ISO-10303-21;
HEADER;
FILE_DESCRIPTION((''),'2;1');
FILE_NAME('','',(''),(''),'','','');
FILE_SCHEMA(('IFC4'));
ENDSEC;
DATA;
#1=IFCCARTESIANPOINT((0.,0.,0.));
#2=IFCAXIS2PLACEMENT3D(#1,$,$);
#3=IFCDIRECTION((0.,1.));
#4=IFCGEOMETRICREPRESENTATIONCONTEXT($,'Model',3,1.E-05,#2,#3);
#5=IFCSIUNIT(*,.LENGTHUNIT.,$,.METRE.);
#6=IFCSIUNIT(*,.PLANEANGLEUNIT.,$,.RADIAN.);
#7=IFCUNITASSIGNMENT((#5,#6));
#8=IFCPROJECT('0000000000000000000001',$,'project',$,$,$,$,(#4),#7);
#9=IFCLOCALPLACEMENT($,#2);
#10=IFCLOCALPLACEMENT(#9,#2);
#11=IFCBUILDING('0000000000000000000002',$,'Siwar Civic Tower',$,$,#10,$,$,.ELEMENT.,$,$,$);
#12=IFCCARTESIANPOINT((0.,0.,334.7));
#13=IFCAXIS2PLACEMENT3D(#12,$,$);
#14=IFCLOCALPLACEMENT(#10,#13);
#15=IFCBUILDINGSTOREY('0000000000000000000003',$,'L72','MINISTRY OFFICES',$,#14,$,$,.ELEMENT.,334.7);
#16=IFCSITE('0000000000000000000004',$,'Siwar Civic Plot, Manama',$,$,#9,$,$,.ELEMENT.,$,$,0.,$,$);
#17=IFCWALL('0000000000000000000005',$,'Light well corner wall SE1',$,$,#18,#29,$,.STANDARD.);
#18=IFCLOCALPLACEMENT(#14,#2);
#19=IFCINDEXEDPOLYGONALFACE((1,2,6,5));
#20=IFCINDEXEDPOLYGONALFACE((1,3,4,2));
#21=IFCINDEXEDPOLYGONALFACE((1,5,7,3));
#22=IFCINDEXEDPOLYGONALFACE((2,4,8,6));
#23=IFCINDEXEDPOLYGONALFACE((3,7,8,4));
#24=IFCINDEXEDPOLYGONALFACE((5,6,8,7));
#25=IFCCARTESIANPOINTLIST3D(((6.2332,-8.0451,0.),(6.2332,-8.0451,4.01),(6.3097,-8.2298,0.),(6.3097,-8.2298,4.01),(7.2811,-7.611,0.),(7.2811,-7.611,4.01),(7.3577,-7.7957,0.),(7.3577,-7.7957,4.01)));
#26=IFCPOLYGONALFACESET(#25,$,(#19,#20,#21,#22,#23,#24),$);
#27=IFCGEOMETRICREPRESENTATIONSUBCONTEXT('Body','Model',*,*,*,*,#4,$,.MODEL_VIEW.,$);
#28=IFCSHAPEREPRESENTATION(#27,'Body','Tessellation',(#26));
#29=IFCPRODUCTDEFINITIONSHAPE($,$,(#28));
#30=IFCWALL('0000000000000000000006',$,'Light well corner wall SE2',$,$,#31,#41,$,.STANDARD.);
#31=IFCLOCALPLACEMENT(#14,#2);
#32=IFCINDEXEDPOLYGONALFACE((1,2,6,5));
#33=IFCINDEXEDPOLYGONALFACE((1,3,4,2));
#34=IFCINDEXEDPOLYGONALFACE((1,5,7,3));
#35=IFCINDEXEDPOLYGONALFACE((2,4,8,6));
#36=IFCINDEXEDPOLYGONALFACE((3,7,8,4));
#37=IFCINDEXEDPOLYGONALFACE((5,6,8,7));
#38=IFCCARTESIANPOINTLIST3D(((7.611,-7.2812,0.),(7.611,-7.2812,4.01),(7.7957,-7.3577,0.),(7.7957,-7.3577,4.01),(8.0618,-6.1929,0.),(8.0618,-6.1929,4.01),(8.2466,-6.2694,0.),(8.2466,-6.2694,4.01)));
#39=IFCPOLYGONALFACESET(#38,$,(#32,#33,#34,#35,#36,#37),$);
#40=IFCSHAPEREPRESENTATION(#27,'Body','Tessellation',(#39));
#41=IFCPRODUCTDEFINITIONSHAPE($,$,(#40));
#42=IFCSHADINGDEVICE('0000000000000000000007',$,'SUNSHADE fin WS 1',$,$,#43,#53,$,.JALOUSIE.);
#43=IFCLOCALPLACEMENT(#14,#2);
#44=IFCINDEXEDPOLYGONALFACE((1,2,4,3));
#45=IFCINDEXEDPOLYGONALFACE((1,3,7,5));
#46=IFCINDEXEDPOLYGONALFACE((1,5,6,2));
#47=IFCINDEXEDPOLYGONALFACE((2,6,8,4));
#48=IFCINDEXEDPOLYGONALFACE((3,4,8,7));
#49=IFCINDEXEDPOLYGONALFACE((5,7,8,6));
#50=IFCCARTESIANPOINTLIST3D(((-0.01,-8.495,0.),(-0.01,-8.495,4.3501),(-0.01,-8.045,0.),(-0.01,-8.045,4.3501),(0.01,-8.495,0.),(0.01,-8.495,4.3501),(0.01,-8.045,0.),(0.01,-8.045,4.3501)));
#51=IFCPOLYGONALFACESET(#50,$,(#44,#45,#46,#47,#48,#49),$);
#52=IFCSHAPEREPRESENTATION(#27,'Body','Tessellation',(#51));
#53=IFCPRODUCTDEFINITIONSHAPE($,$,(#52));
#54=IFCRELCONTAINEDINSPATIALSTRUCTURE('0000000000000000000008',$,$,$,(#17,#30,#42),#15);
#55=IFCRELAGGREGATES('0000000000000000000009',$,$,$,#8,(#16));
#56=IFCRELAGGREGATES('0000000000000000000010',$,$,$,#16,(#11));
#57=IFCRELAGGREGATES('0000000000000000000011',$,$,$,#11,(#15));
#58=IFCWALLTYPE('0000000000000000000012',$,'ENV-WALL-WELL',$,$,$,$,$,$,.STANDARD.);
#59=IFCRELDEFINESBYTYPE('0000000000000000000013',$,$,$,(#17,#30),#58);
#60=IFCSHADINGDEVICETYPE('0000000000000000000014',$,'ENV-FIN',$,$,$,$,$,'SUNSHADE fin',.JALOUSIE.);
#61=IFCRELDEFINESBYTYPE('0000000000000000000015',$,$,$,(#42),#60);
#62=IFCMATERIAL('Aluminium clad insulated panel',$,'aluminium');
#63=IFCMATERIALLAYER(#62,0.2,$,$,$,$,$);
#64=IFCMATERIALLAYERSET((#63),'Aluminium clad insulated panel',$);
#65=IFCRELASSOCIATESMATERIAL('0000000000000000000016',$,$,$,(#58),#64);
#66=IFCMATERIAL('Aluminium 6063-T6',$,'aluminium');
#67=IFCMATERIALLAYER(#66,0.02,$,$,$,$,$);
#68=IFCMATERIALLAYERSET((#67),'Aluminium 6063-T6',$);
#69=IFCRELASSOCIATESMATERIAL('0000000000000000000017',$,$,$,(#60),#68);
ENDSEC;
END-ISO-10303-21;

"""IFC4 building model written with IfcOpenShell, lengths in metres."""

from ifc_helpers import new_model, si_unit, direction, frame, frame_2d, origin, origin_2d, place, context, subcontext, project, spatial, rectangle, extrude, material, layer, layer_set, type_object, element, save


model = new_model("IFC4")

# Units and contexts
model_context = context("Model", 3, precision=1e-05, world=origin(), true_north=direction((0.0, 1.0)))
body_context = subcontext(model_context, "Body", "Model", "MODEL_VIEW")
ifc_project = project(units=[si_unit("LENGTHUNIT", "METRE"), si_unit("PLANEANGLEUNIT", "RADIAN")], contexts=[model_context])

# Site, building, storey
site_placement = place(None, origin())
site = spatial("IfcSite", under=ifc_project, at=site_placement, Name="Siwar Civic Plot, Manama", CompositionType="ELEMENT", RefElevation=0.0)
building_placement = place(site_placement, origin())
building = spatial("IfcBuilding", under=site, at=building_placement, Name="Siwar Civic Tower", CompositionType="ELEMENT")
storey_placement = place(building_placement, frame((0.0, 0.0, 334.7)))
storey = spatial("IfcBuildingStorey", under=building, at=storey_placement, Name="L72", Description="MINISTRY OFFICES", CompositionType="ELEMENT", Elevation=334.7)

# Walls
ifc_material_1 = material(Name="Aluminium clad insulated panel", Category="aluminium")
ifc_layer_1 = layer(ifc_material_1, 0.2)
ifc_layer_set_1 = layer_set([ifc_layer_1], Name="Aluminium clad insulated panel")
wall_type_1 = type_object("IfcWallType", Name="ENV-WALL-WELL", PredefinedType="STANDARD", material=ifc_layer_set_1)
wall_1_placement = place(storey_placement, frame((6.2715, -8.1375, 0.0), z_axis=(0.0, 0.0, 1.0), x_axis=(0.923865, 0.382719, 0.0)))
element("IfcWall", 1, at=wall_1_placement, inside=storey, type_object=wall_type_1, Name="Light well corner wall SE1", PredefinedType="STANDARD", context=body_context, shape_type="SweptSolid", body=[
    extrude(rectangle(XDim=1.1343, YDim=0.2, at=frame_2d((0.5671, 0.0))), origin(), (0.0, 0.0, 1.0), 4.01),
])
wall_2_placement = place(storey_placement, frame((7.7034, -7.3193, 0.0), z_axis=(0.0, 0.0, 1.0), x_axis=(0.382761, 0.923848, 0.0)))
element("IfcWall", 2, at=wall_2_placement, inside=storey, type_object=wall_type_1, Name="Light well corner wall SE2", PredefinedType="STANDARD", context=body_context, shape_type="SweptSolid", body=[
    extrude(rectangle(XDim=1.178, YDim=0.2, at=frame_2d((0.5889, 0.0))), origin(), (0.0, 0.0, 1.0), 4.01),
])

# Shading device
ifc_material_2 = material(Name="Aluminium 6063-T6", Category="aluminium")
ifc_layer_2 = layer(ifc_material_2, 0.02)
ifc_layer_set_2 = layer_set([ifc_layer_2], Name="Aluminium 6063-T6")
shading_device_type = type_object("IfcShadingDeviceType", Name="ENV-FIN", ElementType="SUNSHADE fin", PredefinedType="JALOUSIE", material=ifc_layer_set_2)
shading_device_placement = place(storey_placement, frame((0.0, -8.27, 0.0), z_axis=(0.0, 0.0, 1.0), x_axis=(1.0, 0.0, 0.0)))
element("IfcShadingDevice", 3, at=shading_device_placement, inside=storey, type_object=shading_device_type, Name="SUNSHADE fin WS 1", PredefinedType="JALOUSIE", context=body_context, shape_type="SweptSolid", body=[
    extrude(rectangle(XDim=0.02, YDim=0.45, at=origin_2d()), origin(), (0.0, 0.0, 1.0), 4.3501),
])

save(model, "model.ifc")
